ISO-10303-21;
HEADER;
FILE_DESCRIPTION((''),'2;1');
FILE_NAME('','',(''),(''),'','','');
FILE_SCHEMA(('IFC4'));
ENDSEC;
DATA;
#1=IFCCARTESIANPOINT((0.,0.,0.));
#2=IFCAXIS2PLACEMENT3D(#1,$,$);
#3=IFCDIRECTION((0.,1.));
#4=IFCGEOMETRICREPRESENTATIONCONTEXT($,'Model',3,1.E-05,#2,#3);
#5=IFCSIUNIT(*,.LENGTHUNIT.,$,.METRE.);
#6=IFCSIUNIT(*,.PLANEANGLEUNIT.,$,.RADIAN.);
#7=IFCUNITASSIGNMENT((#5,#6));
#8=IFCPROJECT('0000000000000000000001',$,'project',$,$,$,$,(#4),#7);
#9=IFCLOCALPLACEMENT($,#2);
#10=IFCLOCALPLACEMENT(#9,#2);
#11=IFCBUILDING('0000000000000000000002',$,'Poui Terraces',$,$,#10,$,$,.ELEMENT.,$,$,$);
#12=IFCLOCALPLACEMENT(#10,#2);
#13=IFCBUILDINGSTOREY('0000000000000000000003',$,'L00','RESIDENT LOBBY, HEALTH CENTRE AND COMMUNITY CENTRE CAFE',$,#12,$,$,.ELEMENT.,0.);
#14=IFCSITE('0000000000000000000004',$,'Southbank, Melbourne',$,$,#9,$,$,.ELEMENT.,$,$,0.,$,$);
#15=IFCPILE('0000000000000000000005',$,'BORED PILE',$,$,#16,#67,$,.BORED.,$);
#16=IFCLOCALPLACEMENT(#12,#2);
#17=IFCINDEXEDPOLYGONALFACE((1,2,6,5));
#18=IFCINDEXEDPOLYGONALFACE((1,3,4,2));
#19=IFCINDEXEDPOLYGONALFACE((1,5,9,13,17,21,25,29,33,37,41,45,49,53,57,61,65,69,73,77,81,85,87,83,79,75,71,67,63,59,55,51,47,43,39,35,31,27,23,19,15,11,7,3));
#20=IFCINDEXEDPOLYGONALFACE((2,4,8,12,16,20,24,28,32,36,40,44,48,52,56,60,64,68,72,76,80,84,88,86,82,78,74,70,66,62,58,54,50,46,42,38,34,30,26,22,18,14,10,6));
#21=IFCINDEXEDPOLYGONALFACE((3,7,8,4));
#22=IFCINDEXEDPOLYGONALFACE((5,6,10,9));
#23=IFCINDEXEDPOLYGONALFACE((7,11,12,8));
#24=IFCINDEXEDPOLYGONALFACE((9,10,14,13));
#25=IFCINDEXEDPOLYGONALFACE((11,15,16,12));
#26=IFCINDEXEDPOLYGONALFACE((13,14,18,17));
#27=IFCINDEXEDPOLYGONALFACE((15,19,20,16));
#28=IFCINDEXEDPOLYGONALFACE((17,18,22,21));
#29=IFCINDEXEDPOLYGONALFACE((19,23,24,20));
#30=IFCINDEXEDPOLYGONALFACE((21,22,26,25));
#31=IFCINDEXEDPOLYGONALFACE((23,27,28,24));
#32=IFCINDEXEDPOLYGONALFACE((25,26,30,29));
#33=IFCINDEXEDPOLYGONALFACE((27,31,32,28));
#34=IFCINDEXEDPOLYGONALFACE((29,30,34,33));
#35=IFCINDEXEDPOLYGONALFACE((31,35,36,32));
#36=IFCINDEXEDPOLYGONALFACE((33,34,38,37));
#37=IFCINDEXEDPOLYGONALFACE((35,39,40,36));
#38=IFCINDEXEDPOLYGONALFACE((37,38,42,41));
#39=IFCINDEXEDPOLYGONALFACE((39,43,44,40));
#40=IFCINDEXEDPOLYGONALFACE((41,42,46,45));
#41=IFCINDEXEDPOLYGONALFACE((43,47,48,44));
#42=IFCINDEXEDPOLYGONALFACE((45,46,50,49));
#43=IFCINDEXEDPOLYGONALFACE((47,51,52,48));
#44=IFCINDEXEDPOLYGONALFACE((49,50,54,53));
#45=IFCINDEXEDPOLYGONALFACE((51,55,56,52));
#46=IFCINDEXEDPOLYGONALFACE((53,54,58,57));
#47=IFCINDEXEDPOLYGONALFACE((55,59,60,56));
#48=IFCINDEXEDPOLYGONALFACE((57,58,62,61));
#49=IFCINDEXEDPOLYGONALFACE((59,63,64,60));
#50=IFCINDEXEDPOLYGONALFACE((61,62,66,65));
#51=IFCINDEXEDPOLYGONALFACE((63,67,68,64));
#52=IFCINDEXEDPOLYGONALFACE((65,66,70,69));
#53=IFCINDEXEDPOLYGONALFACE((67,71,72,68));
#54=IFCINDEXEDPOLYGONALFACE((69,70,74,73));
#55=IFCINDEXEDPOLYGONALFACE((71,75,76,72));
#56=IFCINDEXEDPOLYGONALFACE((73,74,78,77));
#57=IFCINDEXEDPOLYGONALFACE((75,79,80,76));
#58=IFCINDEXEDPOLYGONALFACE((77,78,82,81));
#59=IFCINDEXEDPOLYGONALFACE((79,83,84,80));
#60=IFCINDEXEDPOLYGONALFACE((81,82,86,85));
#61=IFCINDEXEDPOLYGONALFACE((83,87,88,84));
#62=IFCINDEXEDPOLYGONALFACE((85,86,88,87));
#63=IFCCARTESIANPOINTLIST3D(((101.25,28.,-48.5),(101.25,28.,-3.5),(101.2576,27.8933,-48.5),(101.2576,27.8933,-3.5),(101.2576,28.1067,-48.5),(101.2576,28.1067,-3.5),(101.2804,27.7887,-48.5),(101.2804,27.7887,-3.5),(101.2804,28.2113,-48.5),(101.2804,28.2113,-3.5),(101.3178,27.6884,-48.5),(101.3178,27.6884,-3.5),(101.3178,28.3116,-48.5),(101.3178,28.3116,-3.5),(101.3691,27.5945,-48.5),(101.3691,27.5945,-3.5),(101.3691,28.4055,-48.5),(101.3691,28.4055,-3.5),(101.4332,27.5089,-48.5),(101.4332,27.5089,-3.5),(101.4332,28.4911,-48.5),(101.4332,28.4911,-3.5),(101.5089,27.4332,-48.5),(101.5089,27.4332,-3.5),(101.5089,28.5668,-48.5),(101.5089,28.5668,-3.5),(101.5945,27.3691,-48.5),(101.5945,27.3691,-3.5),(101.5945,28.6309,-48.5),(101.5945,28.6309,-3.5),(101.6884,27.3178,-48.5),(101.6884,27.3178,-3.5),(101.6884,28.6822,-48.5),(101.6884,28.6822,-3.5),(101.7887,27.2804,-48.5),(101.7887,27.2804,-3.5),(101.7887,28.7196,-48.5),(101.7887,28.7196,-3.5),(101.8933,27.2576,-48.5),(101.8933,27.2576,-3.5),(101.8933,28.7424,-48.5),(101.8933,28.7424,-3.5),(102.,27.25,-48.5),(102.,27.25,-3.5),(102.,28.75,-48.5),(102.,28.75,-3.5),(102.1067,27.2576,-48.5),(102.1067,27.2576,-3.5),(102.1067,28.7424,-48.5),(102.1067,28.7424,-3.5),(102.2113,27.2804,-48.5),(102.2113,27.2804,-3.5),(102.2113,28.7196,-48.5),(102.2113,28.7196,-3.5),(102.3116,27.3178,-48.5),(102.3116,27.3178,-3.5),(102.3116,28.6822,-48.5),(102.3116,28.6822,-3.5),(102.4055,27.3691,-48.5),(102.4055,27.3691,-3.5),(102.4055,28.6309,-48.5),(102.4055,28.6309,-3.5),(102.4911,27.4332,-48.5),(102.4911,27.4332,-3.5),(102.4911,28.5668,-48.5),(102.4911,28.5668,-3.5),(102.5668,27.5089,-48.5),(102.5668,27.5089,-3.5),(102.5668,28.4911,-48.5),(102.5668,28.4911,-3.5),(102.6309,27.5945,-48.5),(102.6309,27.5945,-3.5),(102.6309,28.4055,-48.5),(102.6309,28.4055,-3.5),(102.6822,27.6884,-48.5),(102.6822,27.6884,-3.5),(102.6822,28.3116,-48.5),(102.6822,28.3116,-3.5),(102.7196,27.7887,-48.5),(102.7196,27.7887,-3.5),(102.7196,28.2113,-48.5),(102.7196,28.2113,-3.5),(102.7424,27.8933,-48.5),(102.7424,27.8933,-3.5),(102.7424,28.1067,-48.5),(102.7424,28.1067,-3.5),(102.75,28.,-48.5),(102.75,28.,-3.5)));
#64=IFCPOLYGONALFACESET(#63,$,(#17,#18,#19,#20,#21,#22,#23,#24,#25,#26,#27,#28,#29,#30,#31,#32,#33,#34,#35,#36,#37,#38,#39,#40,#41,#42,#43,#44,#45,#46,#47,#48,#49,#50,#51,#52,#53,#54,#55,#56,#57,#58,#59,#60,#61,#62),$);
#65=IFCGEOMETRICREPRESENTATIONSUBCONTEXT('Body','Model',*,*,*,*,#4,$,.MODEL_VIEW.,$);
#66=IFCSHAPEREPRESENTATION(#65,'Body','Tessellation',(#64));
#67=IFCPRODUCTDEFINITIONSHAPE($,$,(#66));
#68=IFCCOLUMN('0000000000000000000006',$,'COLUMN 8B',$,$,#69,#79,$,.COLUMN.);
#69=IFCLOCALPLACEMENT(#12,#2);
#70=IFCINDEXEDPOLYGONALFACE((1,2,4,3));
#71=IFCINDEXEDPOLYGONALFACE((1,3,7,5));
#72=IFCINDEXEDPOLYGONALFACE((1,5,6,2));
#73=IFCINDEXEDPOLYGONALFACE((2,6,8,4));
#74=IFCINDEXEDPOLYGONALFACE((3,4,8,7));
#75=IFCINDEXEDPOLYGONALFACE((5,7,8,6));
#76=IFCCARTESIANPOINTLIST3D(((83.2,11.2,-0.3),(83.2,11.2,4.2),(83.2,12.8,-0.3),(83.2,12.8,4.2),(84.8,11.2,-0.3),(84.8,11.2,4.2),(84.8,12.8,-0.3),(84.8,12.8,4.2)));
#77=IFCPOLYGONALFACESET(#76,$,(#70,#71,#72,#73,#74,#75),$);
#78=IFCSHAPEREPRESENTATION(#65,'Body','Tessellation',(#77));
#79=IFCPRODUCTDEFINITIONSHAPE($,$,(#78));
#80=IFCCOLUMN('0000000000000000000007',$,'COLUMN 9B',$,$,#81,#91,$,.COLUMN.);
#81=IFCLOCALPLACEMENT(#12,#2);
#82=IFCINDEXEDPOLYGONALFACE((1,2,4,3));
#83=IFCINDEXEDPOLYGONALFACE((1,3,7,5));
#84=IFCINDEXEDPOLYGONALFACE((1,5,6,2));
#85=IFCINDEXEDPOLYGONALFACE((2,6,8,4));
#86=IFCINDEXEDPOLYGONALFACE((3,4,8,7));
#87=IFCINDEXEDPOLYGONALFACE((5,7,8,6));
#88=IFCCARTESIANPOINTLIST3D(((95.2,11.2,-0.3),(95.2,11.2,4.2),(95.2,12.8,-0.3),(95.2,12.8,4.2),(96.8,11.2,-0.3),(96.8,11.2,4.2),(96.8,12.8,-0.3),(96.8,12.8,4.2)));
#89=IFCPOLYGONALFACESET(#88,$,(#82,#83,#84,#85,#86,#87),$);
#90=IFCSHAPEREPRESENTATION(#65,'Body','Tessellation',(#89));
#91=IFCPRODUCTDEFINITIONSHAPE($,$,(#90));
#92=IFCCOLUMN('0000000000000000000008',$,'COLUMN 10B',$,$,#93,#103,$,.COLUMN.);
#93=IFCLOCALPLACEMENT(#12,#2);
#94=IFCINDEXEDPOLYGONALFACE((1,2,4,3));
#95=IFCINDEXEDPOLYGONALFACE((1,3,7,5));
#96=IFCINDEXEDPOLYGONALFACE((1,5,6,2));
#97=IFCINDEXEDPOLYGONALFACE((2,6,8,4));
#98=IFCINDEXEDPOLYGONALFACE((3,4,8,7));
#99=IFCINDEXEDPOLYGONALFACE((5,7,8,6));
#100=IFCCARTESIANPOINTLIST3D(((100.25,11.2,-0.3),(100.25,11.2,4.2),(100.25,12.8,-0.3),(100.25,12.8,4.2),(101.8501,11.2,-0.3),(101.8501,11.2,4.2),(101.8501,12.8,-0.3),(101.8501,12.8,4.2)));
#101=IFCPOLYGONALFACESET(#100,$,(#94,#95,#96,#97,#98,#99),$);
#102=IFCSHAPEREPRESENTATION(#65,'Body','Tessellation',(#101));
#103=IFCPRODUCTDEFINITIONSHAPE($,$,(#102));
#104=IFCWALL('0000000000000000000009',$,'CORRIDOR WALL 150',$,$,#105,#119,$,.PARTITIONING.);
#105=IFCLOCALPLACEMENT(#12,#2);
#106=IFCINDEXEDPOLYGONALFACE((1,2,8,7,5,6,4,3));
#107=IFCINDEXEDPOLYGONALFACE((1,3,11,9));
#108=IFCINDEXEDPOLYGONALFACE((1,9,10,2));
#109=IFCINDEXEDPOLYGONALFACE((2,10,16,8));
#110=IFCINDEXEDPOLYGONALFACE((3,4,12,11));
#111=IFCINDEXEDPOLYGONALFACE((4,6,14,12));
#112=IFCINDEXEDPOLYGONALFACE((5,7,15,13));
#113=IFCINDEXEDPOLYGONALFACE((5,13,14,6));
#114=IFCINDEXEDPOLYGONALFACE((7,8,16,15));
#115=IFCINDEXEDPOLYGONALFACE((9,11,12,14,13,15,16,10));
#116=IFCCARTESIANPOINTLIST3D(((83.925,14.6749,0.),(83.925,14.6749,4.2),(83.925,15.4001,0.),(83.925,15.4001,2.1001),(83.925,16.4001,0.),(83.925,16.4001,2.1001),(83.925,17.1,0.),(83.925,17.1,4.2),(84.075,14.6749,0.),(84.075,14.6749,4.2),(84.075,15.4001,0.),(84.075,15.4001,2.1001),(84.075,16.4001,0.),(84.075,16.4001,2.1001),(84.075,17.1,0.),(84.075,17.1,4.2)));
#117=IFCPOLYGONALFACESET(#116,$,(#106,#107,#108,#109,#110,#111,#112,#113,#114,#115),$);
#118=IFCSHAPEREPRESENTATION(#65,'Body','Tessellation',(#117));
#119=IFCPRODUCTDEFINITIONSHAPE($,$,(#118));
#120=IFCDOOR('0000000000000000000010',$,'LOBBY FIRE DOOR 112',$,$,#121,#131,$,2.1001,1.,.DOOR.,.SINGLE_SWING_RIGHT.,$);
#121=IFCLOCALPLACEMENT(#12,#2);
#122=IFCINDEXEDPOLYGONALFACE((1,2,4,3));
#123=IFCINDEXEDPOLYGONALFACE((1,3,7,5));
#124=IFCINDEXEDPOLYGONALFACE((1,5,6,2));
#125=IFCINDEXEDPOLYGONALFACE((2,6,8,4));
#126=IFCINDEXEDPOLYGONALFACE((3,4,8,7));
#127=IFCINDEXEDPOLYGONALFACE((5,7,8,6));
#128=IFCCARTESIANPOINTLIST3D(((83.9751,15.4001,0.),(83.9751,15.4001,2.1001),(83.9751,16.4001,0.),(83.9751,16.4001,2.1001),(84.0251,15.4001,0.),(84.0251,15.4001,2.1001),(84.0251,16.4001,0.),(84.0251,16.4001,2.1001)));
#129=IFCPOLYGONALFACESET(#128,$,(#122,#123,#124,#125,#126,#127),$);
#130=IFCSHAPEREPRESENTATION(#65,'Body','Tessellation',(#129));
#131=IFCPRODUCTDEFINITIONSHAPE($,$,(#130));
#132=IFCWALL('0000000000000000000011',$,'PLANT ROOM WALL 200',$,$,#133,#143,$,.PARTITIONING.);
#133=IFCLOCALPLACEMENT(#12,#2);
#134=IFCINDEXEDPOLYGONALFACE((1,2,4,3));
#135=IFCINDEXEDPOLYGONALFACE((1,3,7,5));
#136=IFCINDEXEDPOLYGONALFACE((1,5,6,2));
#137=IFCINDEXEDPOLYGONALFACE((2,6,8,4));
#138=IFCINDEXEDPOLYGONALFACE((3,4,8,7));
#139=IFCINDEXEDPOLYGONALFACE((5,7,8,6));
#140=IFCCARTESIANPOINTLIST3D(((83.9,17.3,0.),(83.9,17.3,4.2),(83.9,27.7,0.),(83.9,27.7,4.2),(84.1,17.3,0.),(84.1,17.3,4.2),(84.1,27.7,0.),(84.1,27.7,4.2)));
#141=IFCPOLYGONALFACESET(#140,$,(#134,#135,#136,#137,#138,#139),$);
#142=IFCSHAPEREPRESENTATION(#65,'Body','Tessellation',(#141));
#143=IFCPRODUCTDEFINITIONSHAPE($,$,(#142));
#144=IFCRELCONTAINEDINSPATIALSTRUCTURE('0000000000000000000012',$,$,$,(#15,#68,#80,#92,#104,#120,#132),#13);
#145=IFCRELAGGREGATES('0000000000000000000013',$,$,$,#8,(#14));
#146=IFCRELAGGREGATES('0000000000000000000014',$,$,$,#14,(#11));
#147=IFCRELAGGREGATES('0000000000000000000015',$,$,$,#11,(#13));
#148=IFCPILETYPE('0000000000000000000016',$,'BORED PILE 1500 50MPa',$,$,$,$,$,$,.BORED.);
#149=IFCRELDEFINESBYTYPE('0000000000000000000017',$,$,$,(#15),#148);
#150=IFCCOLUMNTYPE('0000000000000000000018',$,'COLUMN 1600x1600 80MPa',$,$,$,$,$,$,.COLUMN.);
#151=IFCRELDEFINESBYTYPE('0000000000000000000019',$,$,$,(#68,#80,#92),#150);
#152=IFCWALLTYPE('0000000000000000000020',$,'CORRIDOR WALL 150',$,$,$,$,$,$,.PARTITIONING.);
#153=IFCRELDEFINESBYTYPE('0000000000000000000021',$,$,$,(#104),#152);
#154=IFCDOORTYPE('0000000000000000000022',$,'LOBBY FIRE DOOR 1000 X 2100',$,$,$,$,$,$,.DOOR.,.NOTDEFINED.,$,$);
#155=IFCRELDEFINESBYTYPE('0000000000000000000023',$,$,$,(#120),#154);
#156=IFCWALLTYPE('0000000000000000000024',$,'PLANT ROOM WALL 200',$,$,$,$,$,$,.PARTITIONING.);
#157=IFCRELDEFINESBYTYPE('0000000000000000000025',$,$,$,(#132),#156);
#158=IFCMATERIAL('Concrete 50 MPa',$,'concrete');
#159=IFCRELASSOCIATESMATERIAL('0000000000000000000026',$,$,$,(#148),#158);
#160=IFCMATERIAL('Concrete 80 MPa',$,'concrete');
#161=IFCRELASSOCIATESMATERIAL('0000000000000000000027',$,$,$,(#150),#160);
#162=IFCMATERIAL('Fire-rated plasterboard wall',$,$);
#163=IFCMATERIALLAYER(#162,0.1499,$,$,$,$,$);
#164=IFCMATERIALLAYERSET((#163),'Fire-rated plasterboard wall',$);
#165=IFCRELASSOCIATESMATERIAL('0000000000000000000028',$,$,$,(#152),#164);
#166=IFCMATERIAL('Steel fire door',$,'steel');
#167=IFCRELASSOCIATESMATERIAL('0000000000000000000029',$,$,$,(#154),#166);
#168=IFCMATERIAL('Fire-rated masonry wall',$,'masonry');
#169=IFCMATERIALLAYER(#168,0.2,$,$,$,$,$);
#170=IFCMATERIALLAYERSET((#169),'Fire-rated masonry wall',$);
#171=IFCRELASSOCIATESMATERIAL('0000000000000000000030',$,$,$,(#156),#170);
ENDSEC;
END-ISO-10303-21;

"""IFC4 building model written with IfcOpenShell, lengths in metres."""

from ifc_helpers import new_model, si_unit, direction, frame, frame_2d, origin, origin_2d, place, context, subcontext, project, spatial, rectangle, circle, extrude, source, transform, mapped, material, layer, layer_set, material_profile, profile_set, type_object, element, fill, save


model = new_model("IFC4")

# Units and contexts
model_context = context("Model", 3, precision=1e-05, world=origin(), true_north=direction((0.0, 1.0)))
body_context = subcontext(model_context, "Body", "Model", "MODEL_VIEW")
ifc_project = project(units=[si_unit("LENGTHUNIT", "METRE"), si_unit("PLANEANGLEUNIT", "RADIAN")], contexts=[model_context])

# Site, building, storey
site_placement = place(None, origin())
site = spatial("IfcSite", under=ifc_project, at=site_placement, Name="Southbank, Melbourne", CompositionType="ELEMENT", RefElevation=0.0)
building_placement = place(site_placement, origin())
building = spatial("IfcBuilding", under=site, at=building_placement, Name="Poui Terraces", CompositionType="ELEMENT")
storey_placement = place(building_placement, origin())
storey = spatial("IfcBuildingStorey", under=building, at=storey_placement, Name="L00", Description="RESIDENT LOBBY, HEALTH CENTRE AND COMMUNITY CENTRE CAFE", CompositionType="ELEMENT", Elevation=0.0)

# Pile
ifc_material_1 = material(Name="Concrete 50 MPa", Category="concrete")
ifc_material_profile_1 = material_profile(ifc_material_1, circle(Radius=0.75, at=origin_2d()), Name="RC D1500")
ifc_profile_set_1 = profile_set([ifc_material_profile_1], Name="Concrete 50 MPa")
pile_type = type_object("IfcPileType", Name="BORED PILE 1500 50MPa", PredefinedType="BORED", material=ifc_profile_set_1)
for number, where, z_axis, x_axis, name in (
    (1, (102.0, 28.0, -3.5), (0.0, 0.0, -1.0), (1.0, 0.0, 0.0), "BORED PILE"),
):
    element("IfcPile", number, at=place(storey_placement, frame(where, z_axis=z_axis, x_axis=x_axis)), inside=storey, type_object=pile_type, Name=name, PredefinedType="BORED", context=body_context, shape_type="SweptSolid", body=[
        extrude(circle(Radius=0.75, at=origin_2d()), origin(), (0.0, 0.0, 1.0), 45.0),
    ])

# Columns
ifc_material_2 = material(Name="Concrete 80 MPa", Category="concrete")
ifc_material_profile_2 = material_profile(ifc_material_2, rectangle(XDim=1.6001, YDim=1.6001, at=origin_2d()), Name="RC 1600x1600")
ifc_profile_set_2 = profile_set([ifc_material_profile_2], Name="Concrete 80 MPa")
column_type = type_object("IfcColumnType", Name="COLUMN 1600x1600 80MPa", PredefinedType="COLUMN", material=ifc_profile_set_2)
shared_shape = source(origin(), body_context, "Body", "SweptSolid", [
    extrude(rectangle(XDim=1.6001, YDim=1.6001, at=origin_2d()), origin(), (0.0, 0.0, 1.0), 4.5),
])
for number, where, z_axis, x_axis, name in (
    (2, (84.0, 12.0, -0.3), (0.0, 0.0, 1.0), (1.0, 0.0, 0.0), "COLUMN 8B"),
    (3, (96.0, 12.0, -0.3), (0.0, 0.0, 1.0), (1.0, 0.0, 0.0), "COLUMN 9B"),
    (4, (101.05, 12.0, -0.3), (0.0, 0.0, 1.0), (1.0, 0.0, 0.0), "COLUMN 10B"),
):
    element("IfcColumn", number, at=place(storey_placement, frame(where, z_axis=z_axis, x_axis=x_axis)), inside=storey, type_object=column_type, Name=name, PredefinedType="COLUMN", context=body_context, shape_type="MappedRepresentation", body=[
        mapped(shared_shape, transform((0.0, 0.0, 0.0))),
    ])

# Wall, opening, door
ifc_material_3 = material(Name="Fire-rated plasterboard wall")
ifc_layer_1 = layer(ifc_material_3, 0.1499)
ifc_layer_set_1 = layer_set([ifc_layer_1], Name="Fire-rated plasterboard wall")
wall_type_1 = type_object("IfcWallType", Name="CORRIDOR WALL 150", PredefinedType="PARTITIONING", material=ifc_layer_set_1)
wall_1_placement = place(storey_placement, frame((84.0, 14.675, 0.0), z_axis=(0.0, 0.0, 1.0), x_axis=(0.0, 1.0, 0.0)))
wall_1 = element("IfcWall", 5, at=wall_1_placement, inside=storey, type_object=wall_type_1, Name="CORRIDOR WALL 150", PredefinedType="PARTITIONING", context=body_context, shape_type="SweptSolid", body=[
    extrude(rectangle(XDim=2.425, YDim=0.1499, at=frame_2d((1.2124, 0.0))), origin(), (0.0, 0.0, 1.0), 4.2),
])
opening_placement = place(wall_1_placement, frame((0.7251, 0.0, 0.0)))
opening = element("IfcOpeningElement", 6, at=opening_placement, cuts=wall_1, PredefinedType="OPENING", context=body_context, shape_type="SweptSolid", body=[
    extrude(rectangle(XDim=1.0, YDim=2.1001, at=frame_2d((0.5, 1.05))), frame((0.0, 0.085, 0.0), z_axis=(0.0, -1.0, 0.0), x_axis=(1.0, 0.0, 0.0)), (0.0, 0.0, 1.0), 0.1699),
])
ifc_material_4 = material(Name="Steel fire door", Category="steel")
door_type = type_object("IfcDoorType", Name="LOBBY FIRE DOOR 1000 X 2100", OperationType="NOTDEFINED", PredefinedType="DOOR", material=ifc_material_4)
door_placement = place(opening_placement, origin())
door = element("IfcDoor", 7, at=door_placement, inside=storey, type_object=door_type, Name="LOBBY FIRE DOOR 112", OperationType="SINGLE_SWING_RIGHT", OverallHeight=2.1001, OverallWidth=1.0, PredefinedType="DOOR", context=body_context, shape_type="SweptSolid", body=[
    extrude(rectangle(XDim=1.0, YDim=2.1001, at=frame_2d((0.5, 1.05))), frame((0.0, 0.0249, 0.0), z_axis=(0.0, -1.0, 0.0), x_axis=(1.0, 0.0, 0.0)), (0.0, 0.0, 1.0), 0.05),
])
fill(opening, door)

# Wall
ifc_material_5 = material(Name="Fire-rated masonry wall", Category="masonry")
ifc_layer_2 = layer(ifc_material_5, 0.2)
ifc_layer_set_2 = layer_set([ifc_layer_2], Name="Fire-rated masonry wall")
wall_type_2 = type_object("IfcWallType", Name="PLANT ROOM WALL 200", PredefinedType="PARTITIONING", material=ifc_layer_set_2)
wall_2_placement = place(storey_placement, frame((84.0, 17.3, 0.0), z_axis=(0.0, 0.0, 1.0), x_axis=(0.0, 1.0, 0.0)))
element("IfcWall", 8, at=wall_2_placement, inside=storey, type_object=wall_type_2, Name="PLANT ROOM WALL 200", PredefinedType="PARTITIONING", context=body_context, shape_type="SweptSolid", body=[
    extrude(rectangle(XDim=10.3999, YDim=0.2, at=frame_2d((5.2, 0.0))), origin(), (0.0, 0.0, 1.0), 4.2),
])

save(model, "model.ifc")
